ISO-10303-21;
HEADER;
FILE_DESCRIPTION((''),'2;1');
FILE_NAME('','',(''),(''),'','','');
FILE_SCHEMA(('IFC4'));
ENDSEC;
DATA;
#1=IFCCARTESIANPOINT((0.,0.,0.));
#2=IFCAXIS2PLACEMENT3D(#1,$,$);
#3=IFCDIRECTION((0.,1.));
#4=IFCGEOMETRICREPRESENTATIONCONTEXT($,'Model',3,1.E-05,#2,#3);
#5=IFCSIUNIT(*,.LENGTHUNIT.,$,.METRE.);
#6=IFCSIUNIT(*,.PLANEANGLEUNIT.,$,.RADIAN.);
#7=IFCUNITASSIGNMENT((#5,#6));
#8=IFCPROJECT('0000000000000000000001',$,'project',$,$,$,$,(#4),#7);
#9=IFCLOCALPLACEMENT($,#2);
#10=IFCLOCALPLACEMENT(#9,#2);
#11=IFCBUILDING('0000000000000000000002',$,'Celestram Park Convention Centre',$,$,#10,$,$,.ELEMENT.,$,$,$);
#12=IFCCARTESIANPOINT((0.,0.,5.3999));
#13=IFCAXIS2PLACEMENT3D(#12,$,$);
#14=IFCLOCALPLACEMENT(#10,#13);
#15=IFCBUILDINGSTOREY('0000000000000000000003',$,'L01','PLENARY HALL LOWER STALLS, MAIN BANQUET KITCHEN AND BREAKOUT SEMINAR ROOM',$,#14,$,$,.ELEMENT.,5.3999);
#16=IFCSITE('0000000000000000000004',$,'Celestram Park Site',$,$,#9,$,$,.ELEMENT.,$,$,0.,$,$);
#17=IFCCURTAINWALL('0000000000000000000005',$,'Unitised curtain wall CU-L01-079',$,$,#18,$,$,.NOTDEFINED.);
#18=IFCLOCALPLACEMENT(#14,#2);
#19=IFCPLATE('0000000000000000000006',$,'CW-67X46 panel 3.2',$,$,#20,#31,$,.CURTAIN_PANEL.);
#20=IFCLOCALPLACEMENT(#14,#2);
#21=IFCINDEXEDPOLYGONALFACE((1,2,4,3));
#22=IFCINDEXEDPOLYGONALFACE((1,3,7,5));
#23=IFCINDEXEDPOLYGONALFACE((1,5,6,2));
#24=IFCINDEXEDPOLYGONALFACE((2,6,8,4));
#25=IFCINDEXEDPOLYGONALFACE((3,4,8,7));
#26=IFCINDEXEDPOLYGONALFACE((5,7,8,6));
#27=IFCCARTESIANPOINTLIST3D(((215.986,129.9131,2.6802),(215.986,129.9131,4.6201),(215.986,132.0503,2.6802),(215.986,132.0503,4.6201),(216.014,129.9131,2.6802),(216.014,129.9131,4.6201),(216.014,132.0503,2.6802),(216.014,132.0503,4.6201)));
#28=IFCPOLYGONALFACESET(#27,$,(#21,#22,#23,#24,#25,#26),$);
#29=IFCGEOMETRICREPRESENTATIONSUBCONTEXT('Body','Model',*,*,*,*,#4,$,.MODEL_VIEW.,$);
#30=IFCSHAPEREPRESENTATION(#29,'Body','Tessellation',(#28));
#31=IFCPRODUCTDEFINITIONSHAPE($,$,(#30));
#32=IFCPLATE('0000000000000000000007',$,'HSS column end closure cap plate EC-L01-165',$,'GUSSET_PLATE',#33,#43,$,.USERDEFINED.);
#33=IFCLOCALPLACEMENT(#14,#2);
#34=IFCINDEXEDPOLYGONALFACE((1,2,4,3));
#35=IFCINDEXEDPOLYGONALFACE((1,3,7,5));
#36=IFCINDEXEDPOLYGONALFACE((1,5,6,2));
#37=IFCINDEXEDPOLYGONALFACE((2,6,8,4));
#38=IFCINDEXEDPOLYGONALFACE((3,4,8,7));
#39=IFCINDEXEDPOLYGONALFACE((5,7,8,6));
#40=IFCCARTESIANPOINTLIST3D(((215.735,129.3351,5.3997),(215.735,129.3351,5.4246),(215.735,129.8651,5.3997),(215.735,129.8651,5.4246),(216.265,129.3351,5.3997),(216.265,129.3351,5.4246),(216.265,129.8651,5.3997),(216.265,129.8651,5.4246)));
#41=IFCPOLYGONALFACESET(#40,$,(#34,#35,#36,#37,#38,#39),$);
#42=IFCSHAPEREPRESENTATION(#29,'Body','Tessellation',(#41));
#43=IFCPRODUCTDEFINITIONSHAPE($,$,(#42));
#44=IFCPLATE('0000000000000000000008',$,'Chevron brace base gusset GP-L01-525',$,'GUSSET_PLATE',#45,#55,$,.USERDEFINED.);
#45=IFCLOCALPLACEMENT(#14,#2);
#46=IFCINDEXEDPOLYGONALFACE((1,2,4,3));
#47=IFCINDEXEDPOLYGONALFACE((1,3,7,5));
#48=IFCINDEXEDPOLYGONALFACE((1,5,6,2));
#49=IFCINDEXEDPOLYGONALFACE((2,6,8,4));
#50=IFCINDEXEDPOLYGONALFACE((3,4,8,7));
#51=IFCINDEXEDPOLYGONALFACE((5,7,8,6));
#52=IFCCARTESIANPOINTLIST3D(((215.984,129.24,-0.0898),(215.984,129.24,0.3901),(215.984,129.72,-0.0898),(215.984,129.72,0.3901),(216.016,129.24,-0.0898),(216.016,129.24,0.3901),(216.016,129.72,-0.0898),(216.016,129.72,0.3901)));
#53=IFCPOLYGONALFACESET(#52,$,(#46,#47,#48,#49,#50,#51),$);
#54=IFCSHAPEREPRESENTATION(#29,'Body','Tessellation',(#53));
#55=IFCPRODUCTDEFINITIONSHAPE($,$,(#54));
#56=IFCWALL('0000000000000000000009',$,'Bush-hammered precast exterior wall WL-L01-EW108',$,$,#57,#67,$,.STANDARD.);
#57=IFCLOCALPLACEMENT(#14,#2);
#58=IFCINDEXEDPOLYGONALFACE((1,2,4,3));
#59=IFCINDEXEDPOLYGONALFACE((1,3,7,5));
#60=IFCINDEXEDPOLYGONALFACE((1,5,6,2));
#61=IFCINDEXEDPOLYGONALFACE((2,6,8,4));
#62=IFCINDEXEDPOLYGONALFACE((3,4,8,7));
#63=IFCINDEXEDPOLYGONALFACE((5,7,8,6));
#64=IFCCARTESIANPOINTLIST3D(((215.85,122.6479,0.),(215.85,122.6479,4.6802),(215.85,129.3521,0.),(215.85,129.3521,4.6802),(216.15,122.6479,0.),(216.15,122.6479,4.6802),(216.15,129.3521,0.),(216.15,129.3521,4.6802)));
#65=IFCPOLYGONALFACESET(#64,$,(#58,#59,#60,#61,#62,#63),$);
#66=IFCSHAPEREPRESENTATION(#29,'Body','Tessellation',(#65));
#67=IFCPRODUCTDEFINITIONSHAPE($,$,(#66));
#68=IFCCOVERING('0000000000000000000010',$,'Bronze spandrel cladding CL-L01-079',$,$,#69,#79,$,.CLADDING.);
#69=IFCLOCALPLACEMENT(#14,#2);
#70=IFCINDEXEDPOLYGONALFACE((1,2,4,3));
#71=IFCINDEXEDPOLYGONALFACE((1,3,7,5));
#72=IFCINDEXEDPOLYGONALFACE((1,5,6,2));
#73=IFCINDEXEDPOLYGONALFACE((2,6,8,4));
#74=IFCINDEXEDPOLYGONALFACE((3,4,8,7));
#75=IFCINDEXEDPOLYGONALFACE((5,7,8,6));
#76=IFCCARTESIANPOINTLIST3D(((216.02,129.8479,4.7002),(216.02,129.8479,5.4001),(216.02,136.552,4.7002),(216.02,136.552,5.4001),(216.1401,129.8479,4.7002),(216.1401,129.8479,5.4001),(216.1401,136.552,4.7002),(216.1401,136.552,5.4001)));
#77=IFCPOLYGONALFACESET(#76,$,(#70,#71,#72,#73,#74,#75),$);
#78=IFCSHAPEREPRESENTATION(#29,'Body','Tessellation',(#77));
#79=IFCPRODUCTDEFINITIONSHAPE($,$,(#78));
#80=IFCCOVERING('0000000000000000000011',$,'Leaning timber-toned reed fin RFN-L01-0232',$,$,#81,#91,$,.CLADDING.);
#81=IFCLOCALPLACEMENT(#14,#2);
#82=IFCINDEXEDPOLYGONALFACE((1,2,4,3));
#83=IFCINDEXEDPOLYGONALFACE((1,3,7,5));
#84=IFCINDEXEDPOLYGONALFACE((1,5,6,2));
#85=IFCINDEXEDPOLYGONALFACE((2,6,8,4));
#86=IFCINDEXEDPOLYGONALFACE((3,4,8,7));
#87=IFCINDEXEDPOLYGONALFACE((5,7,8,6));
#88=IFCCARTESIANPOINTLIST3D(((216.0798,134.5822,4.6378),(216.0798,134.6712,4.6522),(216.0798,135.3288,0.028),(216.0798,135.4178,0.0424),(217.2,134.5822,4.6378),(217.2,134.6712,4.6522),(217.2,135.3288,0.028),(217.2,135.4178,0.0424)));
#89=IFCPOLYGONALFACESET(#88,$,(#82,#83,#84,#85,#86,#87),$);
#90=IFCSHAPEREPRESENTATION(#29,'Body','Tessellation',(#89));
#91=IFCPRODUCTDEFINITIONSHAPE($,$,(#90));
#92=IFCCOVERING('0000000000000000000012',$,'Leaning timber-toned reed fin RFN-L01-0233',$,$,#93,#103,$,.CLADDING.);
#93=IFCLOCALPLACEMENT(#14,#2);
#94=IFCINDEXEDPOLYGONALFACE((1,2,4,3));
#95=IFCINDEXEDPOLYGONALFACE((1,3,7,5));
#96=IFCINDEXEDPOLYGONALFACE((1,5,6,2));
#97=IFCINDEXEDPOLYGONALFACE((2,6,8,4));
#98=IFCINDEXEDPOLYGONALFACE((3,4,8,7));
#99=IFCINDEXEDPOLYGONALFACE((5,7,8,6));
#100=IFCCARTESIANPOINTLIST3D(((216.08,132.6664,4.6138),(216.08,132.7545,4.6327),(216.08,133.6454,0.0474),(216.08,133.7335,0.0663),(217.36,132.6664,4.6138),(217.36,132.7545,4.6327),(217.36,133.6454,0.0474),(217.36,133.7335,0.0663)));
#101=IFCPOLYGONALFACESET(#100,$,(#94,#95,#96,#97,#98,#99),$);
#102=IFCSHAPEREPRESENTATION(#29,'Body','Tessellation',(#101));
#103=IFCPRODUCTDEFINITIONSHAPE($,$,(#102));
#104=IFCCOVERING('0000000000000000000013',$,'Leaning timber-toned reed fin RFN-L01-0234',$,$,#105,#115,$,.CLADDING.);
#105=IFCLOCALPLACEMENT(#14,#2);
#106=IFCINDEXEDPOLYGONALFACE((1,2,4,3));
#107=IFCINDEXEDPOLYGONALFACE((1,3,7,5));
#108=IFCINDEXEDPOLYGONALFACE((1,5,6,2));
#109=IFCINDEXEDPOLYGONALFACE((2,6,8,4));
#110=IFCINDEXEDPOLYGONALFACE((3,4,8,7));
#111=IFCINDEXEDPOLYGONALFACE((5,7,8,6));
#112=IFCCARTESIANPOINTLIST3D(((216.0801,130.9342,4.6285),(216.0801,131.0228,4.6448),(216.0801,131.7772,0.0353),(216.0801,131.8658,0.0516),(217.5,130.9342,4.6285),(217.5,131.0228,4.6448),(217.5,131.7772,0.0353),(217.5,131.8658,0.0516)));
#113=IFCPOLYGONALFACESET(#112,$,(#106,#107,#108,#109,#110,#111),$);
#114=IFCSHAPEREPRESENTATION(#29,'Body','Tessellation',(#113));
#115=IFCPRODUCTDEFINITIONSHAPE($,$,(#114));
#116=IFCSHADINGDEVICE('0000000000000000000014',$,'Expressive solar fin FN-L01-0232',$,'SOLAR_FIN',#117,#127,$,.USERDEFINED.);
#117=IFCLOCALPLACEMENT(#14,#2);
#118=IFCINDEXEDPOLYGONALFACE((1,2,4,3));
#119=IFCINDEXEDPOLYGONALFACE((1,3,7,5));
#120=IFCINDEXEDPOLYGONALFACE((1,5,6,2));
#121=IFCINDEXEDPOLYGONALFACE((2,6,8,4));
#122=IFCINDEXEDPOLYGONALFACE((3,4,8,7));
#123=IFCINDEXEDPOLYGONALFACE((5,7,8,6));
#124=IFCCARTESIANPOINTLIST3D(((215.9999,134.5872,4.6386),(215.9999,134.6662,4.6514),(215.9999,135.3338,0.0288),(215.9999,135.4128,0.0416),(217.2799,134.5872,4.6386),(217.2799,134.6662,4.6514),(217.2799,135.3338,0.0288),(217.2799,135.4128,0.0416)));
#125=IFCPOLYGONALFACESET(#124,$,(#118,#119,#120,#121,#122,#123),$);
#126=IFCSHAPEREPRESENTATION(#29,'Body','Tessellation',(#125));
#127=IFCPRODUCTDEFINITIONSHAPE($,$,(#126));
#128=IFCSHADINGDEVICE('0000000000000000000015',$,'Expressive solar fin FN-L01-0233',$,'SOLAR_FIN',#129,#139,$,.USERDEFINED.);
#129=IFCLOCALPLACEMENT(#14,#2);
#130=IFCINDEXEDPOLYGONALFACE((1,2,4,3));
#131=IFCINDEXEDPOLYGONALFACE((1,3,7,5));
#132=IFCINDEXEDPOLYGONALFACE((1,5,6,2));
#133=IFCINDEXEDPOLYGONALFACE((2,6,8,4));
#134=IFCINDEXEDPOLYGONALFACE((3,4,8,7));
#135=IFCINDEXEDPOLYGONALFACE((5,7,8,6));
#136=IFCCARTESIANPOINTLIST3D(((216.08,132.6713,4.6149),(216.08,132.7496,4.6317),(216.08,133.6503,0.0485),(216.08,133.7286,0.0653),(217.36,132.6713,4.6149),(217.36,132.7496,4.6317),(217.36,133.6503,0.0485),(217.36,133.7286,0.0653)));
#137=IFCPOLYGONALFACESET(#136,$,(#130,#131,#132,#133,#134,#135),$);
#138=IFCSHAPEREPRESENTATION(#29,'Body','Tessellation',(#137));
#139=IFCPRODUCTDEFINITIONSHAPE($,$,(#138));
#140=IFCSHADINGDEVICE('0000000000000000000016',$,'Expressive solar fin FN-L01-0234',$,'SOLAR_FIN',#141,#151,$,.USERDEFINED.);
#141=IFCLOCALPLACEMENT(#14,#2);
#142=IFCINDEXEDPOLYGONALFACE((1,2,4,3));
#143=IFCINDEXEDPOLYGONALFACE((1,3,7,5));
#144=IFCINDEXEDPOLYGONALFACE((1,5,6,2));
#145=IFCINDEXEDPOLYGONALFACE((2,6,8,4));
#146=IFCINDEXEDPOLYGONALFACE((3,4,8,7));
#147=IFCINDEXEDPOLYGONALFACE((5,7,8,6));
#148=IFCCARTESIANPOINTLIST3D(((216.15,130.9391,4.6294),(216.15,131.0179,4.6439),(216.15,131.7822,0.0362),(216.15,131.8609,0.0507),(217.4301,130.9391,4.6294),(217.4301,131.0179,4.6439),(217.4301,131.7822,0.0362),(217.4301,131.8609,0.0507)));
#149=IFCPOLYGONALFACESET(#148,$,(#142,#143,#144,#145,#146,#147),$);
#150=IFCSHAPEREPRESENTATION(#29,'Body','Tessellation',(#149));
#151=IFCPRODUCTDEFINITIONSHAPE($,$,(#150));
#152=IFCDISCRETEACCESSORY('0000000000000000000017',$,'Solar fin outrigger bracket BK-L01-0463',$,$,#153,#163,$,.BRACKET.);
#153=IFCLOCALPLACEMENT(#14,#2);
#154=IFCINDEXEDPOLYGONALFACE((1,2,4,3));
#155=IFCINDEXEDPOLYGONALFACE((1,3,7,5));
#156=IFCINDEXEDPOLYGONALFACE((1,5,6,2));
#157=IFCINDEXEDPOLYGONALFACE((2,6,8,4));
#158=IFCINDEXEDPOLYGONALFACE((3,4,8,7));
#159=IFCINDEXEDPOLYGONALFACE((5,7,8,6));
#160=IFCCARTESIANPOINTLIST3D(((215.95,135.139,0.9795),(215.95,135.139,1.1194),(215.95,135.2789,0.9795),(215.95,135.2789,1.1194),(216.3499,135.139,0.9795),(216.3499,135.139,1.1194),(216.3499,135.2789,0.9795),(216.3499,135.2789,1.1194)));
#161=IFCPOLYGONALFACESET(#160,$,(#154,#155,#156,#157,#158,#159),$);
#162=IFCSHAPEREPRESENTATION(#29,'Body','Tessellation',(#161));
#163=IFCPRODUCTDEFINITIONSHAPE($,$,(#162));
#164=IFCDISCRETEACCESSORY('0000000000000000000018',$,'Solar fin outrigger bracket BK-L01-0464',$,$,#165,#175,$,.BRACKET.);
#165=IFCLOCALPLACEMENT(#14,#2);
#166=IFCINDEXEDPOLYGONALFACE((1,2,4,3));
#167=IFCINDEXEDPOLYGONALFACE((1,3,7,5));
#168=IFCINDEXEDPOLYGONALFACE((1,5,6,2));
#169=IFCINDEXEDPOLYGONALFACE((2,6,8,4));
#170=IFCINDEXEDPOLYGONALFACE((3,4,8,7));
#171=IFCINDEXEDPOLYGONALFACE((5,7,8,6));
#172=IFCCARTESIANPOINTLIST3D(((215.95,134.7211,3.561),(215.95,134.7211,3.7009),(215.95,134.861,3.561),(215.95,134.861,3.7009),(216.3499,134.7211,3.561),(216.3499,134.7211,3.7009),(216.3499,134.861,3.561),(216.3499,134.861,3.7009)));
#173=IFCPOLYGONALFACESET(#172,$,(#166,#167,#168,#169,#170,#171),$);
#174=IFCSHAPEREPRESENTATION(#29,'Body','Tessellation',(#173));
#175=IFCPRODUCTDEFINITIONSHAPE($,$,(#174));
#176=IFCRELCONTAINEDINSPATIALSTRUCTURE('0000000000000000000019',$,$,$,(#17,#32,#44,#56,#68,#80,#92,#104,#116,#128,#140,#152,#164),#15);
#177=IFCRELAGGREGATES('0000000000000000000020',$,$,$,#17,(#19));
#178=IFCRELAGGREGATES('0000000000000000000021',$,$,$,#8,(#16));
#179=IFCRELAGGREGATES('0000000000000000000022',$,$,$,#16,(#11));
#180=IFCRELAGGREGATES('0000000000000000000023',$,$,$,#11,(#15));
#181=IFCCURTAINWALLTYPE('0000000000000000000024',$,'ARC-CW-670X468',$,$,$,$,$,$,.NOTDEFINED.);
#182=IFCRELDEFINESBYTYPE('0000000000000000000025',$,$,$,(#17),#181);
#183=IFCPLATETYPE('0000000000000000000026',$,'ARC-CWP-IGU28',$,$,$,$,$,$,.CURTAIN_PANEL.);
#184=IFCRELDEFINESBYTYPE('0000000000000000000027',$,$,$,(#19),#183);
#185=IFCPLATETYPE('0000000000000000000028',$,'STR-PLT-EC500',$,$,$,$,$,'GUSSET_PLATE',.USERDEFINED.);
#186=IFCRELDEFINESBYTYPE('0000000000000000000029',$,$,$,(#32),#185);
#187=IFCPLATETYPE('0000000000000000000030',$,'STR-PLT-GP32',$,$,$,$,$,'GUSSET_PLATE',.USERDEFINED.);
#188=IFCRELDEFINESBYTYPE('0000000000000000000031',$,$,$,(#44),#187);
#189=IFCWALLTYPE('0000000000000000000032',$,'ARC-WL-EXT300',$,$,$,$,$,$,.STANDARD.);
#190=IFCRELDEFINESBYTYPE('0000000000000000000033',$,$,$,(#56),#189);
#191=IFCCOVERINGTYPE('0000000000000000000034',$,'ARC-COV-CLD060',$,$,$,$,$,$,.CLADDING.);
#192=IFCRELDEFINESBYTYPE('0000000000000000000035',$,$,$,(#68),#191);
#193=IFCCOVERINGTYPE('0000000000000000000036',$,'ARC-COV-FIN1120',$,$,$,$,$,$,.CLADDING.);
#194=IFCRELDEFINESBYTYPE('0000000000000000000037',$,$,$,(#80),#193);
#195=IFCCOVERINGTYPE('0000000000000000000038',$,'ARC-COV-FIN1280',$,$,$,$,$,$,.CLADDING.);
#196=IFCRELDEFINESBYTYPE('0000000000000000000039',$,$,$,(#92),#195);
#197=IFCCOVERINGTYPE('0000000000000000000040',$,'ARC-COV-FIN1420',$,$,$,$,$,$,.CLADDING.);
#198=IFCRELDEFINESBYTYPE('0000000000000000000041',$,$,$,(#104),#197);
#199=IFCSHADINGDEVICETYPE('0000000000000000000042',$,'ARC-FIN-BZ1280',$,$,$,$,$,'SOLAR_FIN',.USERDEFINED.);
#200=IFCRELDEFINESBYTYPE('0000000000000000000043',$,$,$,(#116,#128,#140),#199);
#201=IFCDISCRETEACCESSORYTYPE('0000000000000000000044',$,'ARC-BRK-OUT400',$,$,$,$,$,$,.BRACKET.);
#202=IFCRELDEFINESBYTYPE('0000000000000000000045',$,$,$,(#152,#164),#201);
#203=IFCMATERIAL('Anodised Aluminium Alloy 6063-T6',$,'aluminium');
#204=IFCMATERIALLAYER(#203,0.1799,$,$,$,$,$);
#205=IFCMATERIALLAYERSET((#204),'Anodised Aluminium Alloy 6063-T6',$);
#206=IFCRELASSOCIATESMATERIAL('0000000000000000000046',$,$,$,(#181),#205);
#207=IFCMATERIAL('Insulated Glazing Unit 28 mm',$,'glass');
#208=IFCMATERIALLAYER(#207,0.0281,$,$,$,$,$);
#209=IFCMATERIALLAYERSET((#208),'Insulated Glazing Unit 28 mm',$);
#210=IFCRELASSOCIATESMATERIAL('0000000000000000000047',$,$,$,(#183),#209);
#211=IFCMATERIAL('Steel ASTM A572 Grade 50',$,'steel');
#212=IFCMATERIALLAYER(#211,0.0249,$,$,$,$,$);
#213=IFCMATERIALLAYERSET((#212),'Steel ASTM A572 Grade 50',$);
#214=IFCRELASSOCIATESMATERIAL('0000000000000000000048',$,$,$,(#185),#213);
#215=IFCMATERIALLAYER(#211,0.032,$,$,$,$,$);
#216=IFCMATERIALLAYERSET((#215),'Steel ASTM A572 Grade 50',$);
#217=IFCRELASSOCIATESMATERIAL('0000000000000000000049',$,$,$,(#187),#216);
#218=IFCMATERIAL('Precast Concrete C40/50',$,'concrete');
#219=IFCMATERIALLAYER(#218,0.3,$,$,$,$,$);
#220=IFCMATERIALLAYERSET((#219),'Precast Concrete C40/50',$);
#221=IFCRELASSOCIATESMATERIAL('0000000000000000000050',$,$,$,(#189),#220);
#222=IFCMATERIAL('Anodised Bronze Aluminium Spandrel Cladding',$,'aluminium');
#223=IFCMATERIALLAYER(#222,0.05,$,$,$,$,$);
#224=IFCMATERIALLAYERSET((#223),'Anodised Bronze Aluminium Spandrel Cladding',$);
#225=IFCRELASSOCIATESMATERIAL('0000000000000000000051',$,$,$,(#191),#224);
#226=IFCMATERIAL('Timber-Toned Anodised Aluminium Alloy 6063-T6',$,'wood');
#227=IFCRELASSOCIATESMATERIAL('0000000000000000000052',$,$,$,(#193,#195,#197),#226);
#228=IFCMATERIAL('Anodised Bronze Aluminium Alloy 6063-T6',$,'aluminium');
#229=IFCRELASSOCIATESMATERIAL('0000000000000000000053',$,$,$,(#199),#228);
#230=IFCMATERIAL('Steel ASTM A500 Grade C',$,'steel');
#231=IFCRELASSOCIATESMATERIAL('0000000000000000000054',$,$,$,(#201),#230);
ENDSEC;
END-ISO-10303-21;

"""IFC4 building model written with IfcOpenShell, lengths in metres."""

from ifc_helpers import new_model, si_unit, direction, frame, frame_2d, origin, origin_2d, place, context, subcontext, project, spatial, rectangle, extrude, material, layer, layer_set, material_profile, profile_set, type_object, element, aggregate, save


model = new_model("IFC4")

# Units and contexts
model_context = context("Model", 3, precision=1e-05, world=origin(), true_north=direction((0.0, 1.0)))
body_context = subcontext(model_context, "Body", "Model", "MODEL_VIEW")
ifc_project = project(units=[si_unit("LENGTHUNIT", "METRE"), si_unit("PLANEANGLEUNIT", "RADIAN")], contexts=[model_context])

# Site, building, storey
site_placement = place(None, origin())
site = spatial("IfcSite", under=ifc_project, at=site_placement, Name="Celestram Park Site", CompositionType="ELEMENT", RefElevation=0.0)
building_placement = place(site_placement, origin())
building = spatial("IfcBuilding", under=site, at=building_placement, Name="Celestram Park Convention Centre", CompositionType="ELEMENT")
storey_placement = place(building_placement, frame((0.0, 0.0, 5.3999)))
storey = spatial("IfcBuildingStorey", under=building, at=storey_placement, Name="L01", Description="PLENARY HALL LOWER STALLS, MAIN BANQUET KITCHEN AND BREAKOUT SEMINAR ROOM", CompositionType="ELEMENT", Elevation=5.3999)

# Shared definitions
ifc_material_1 = material(Name="Steel ASTM A500 Grade C", Category="steel")

# Curtain wall
ifc_material_2 = material(Name="Anodised Aluminium Alloy 6063-T6", Category="aluminium")
ifc_layer_1 = layer(ifc_material_2, 0.1799)
ifc_layer_set_1 = layer_set([ifc_layer_1], Name="Anodised Aluminium Alloy 6063-T6")
curtain_wall_type = type_object("IfcCurtainWallType", Name="ARC-CW-670X468", PredefinedType="NOTDEFINED", material=ifc_layer_set_1)
curtain_wall_placement = place(storey_placement, origin())
curtain_wall = element("IfcCurtainWall", 1, at=curtain_wall_placement, inside=storey, type_object=curtain_wall_type, Name="Unitised curtain wall CU-L01-079", PredefinedType="NOTDEFINED")

# Plate
ifc_material_3 = material(Name="Insulated Glazing Unit 28 mm", Category="glass")
ifc_layer_2 = layer(ifc_material_3, 0.0281)
ifc_layer_set_2 = layer_set([ifc_layer_2], Name="Insulated Glazing Unit 28 mm")
plate_type_1 = type_object("IfcPlateType", Name="ARC-CWP-IGU28", PredefinedType="CURTAIN_PANEL", material=ifc_layer_set_2)
plate_1_placement = place(storey_placement, frame((216.0, 130.9817, 2.6802), z_axis=(0.0, 0.0, 1.0), x_axis=(0.0, -1.0, 0.0)))
plate_1 = element("IfcPlate", 2, at=plate_1_placement, type_object=plate_type_1, Name="CW-67X46 panel 3.2", PredefinedType="CURTAIN_PANEL", context=body_context, shape_type="SweptSolid", body=[
    extrude(rectangle(XDim=2.1372, YDim=0.0281, at=origin_2d()), origin(), (0.0, 0.0, 1.0), 1.9399),
])
aggregate(curtain_wall, [plate_1])

# Plates
ifc_material_4 = material(Name="Steel ASTM A572 Grade 50", Category="steel")
ifc_layer_3 = layer(ifc_material_4, 0.0249)
ifc_layer_set_3 = layer_set([ifc_layer_3], Name="Steel ASTM A572 Grade 50")
plate_type_2 = type_object("IfcPlateType", Name="STR-PLT-EC500", ElementType="GUSSET_PLATE", PredefinedType="USERDEFINED", material=ifc_layer_set_3)
plate_2_placement = place(storey_placement, frame((216.0, 129.6001, 5.3997), z_axis=(0.0, 0.0, 1.0), x_axis=(1.0, 0.0, 0.0)))
element("IfcPlate", 3, at=plate_2_placement, inside=storey, type_object=plate_type_2, Name="HSS column end closure cap plate EC-L01-165", ObjectType="GUSSET_PLATE", PredefinedType="USERDEFINED", context=body_context, shape_type="SweptSolid", body=[
    extrude(rectangle(XDim=0.53, YDim=0.53, at=origin_2d()), origin(), (0.0, 0.0, 1.0), 0.0249),
])
ifc_layer_4 = layer(ifc_material_4, 0.032)
ifc_layer_set_4 = layer_set([ifc_layer_4], Name="Steel ASTM A572 Grade 50")
plate_type_3 = type_object("IfcPlateType", Name="STR-PLT-GP32", ElementType="GUSSET_PLATE", PredefinedType="USERDEFINED", material=ifc_layer_set_4)
plate_3_placement = place(storey_placement, frame((216.0, 129.48, -0.0898), z_axis=(0.0, 0.0, 1.0), x_axis=(0.0, 1.0, 0.0)))
element("IfcPlate", 4, at=plate_3_placement, inside=storey, type_object=plate_type_3, Name="Chevron brace base gusset GP-L01-525", ObjectType="GUSSET_PLATE", PredefinedType="USERDEFINED", context=body_context, shape_type="SweptSolid", body=[
    extrude(rectangle(XDim=0.48, YDim=0.032, at=origin_2d()), origin(), (0.0, 0.0, 1.0), 0.48),
])

# Wall
ifc_material_5 = material(Name="Precast Concrete C40/50", Category="concrete")
ifc_layer_5 = layer(ifc_material_5, 0.3)
ifc_layer_set_5 = layer_set([ifc_layer_5], Name="Precast Concrete C40/50")
wall_type = type_object("IfcWallType", Name="ARC-WL-EXT300", PredefinedType="STANDARD", material=ifc_layer_set_5)
wall_placement = place(storey_placement, frame((216.0, 129.3521, 0.0), z_axis=(0.0, 0.0, 1.0), x_axis=(0.0, -1.0, 0.0)))
element("IfcWall", 5, at=wall_placement, inside=storey, type_object=wall_type, Name="Bush-hammered precast exterior wall WL-L01-EW108", PredefinedType="STANDARD", context=body_context, shape_type="SweptSolid", body=[
    extrude(rectangle(XDim=6.7041, YDim=0.3, at=frame_2d((3.3521, 0.0))), origin(), (0.0, 0.0, 1.0), 4.6802),
])

# Coverings
ifc_material_6 = material(Name="Anodised Bronze Aluminium Spandrel Cladding", Category="aluminium")
ifc_layer_6 = layer(ifc_material_6, 0.05)
ifc_layer_set_6 = layer_set([ifc_layer_6], Name="Anodised Bronze Aluminium Spandrel Cladding")
covering_type_1 = type_object("IfcCoveringType", Name="ARC-COV-CLD060", PredefinedType="CLADDING", material=ifc_layer_set_6)
covering_1_placement = place(storey_placement, frame((216.0801, 133.2, 4.7002), z_axis=(0.0, 0.0, 1.0), x_axis=(0.0, -1.0, 0.0)))
element("IfcCovering", 6, at=covering_1_placement, inside=storey, type_object=covering_type_1, Name="Bronze spandrel cladding CL-L01-079", PredefinedType="CLADDING", context=body_context, shape_type="SweptSolid", body=[
    extrude(rectangle(XDim=6.7041, YDim=0.1201, at=origin_2d()), origin(), (0.0, 0.0, 1.0), 0.7),
])
ifc_material_7 = material(Name="Timber-Toned Anodised Aluminium Alloy 6063-T6", Category="wood")
ifc_material_profile_1 = material_profile(ifc_material_7, rectangle(XDim=1.1201, YDim=0.0901, at=origin_2d()), Name="REED1120X90")
ifc_profile_set_1 = profile_set([ifc_material_profile_1], Name="Timber-Toned Anodised Aluminium Alloy 6063-T6")
covering_type_2 = type_object("IfcCoveringType", Name="ARC-COV-FIN1120", PredefinedType="CLADDING", material=ifc_profile_set_1)
covering_2_placement = place(storey_placement, frame((216.6399, 135.3733, 0.0352), z_axis=(0.0, -0.15987, 0.987138), x_axis=(1.0, 0.0, 0.0)))
element("IfcCovering", 7, at=covering_2_placement, inside=storey, type_object=covering_type_2, Name="Leaning timber-toned reed fin RFN-L01-0232", PredefinedType="CLADDING", context=body_context, shape_type="SweptSolid", body=[
    extrude(rectangle(XDim=1.1201, YDim=0.0901, at=origin_2d()), origin(), (0.0, 0.0, 1.0), 4.6699),
])
ifc_material_profile_2 = material_profile(ifc_material_7, rectangle(XDim=1.28, YDim=0.0901, at=origin_2d()), Name="REED1280X90")
ifc_profile_set_2 = profile_set([ifc_material_profile_2], Name="Timber-Toned Anodised Aluminium Alloy 6063-T6")
covering_type_3 = type_object("IfcCoveringType", Name="ARC-COV-FIN1280", PredefinedType="CLADDING", material=ifc_profile_set_2)
covering_3_placement = place(storey_placement, frame((216.72, 133.6895, 0.0569), z_axis=(0.0, -0.209629, 0.977781), x_axis=(1.0, 0.0, 0.0)))
element("IfcCovering", 8, at=covering_3_placement, inside=storey, type_object=covering_type_3, Name="Leaning timber-toned reed fin RFN-L01-0233", PredefinedType="CLADDING", context=body_context, shape_type="SweptSolid", body=[
    extrude(rectangle(XDim=1.28, YDim=0.0901, at=origin_2d()), origin(), (0.0, 0.0, 1.0), 4.6702),
])
ifc_material_profile_3 = material_profile(ifc_material_7, rectangle(XDim=1.4199, YDim=0.0901, at=origin_2d()), Name="REED1420X90")
ifc_profile_set_3 = profile_set([ifc_material_profile_3], Name="Timber-Toned Anodised Aluminium Alloy 6063-T6")
covering_type_4 = type_object("IfcCoveringType", Name="ARC-COV-FIN1420", PredefinedType="CLADDING", material=ifc_profile_set_3)
covering_4_placement = place(storey_placement, frame((216.79, 131.8215, 0.0435), z_axis=(0.0, -0.180518, 0.983572), x_axis=(1.0, 0.0, 0.0)))
element("IfcCovering", 9, at=covering_4_placement, inside=storey, type_object=covering_type_4, Name="Leaning timber-toned reed fin RFN-L01-0234", PredefinedType="CLADDING", context=body_context, shape_type="SweptSolid", body=[
    extrude(rectangle(XDim=1.4199, YDim=0.0901, at=origin_2d()), origin(), (0.0, 0.0, 1.0), 4.6699),
])

# Shading devices
ifc_material_8 = material(Name="Anodised Bronze Aluminium Alloy 6063-T6", Category="aluminium")
ifc_material_profile_4 = material_profile(ifc_material_8, rectangle(XDim=1.28, YDim=0.0801, at=origin_2d()), Name="FIN1280X80")
ifc_profile_set_4 = profile_set([ifc_material_profile_4], Name="Anodised Bronze Aluminium Alloy 6063-T6")
shading_device_type = type_object("IfcShadingDeviceType", Name="ARC-FIN-BZ1280", ElementType="SOLAR_FIN", PredefinedType="USERDEFINED", material=ifc_profile_set_4)
shading_device_1_placement = place(storey_placement, frame((216.6399, 135.3733, 0.0352), z_axis=(0.0, -0.15987, 0.987138), x_axis=(1.0, 0.0, 0.0)))
element("IfcShadingDevice", 10, at=shading_device_1_placement, inside=storey, type_object=shading_device_type, Name="Expressive solar fin FN-L01-0232", ObjectType="SOLAR_FIN", PredefinedType="USERDEFINED", context=body_context, shape_type="SweptSolid", body=[
    extrude(rectangle(XDim=1.28, YDim=0.0801, at=origin_2d()), origin(), (0.0, 0.0, 1.0), 4.6699),
])
shading_device_2_placement = place(storey_placement, frame((216.72, 133.6895, 0.0569), z_axis=(0.0, -0.209629, 0.977781), x_axis=(1.0, 0.0, 0.0)))
element("IfcShadingDevice", 11, at=shading_device_2_placement, inside=storey, type_object=shading_device_type, Name="Expressive solar fin FN-L01-0233", ObjectType="SOLAR_FIN", PredefinedType="USERDEFINED", context=body_context, shape_type="SweptSolid", body=[
    extrude(rectangle(XDim=1.28, YDim=0.0801, at=origin_2d()), origin(), (0.0, 0.0, 1.0), 4.6702),
])
shading_device_3_placement = place(storey_placement, frame((216.79, 131.8215, 0.0435), z_axis=(0.0, -0.180518, 0.983572), x_axis=(1.0, 0.0, 0.0)))
element("IfcShadingDevice", 12, at=shading_device_3_placement, inside=storey, type_object=shading_device_type, Name="Expressive solar fin FN-L01-0234", ObjectType="SOLAR_FIN", PredefinedType="USERDEFINED", context=body_context, shape_type="SweptSolid", body=[
    extrude(rectangle(XDim=1.28, YDim=0.0801, at=origin_2d()), origin(), (0.0, 0.0, 1.0), 4.6699),
])

# Discrete accessories
discrete_accessory_type = type_object("IfcDiscreteAccessoryType", Name="ARC-BRK-OUT400", PredefinedType="BRACKET", material=ifc_material_1)
for number, where, z_axis, x_axis, name in (
    (13, (216.1499, 135.209, 0.9795), (0.0, 0.0, 1.0), (1.0, 0.0, 0.0), "Solar fin outrigger bracket BK-L01-0463"),
    (14, (216.1499, 134.791, 3.561), (0.0, 0.0, 1.0), (1.0, 0.0, 0.0), "Solar fin outrigger bracket BK-L01-0464"),
):
    element("IfcDiscreteAccessory", number, at=place(storey_placement, frame(where, z_axis=z_axis, x_axis=x_axis)), inside=storey, type_object=discrete_accessory_type, Name=name, PredefinedType="BRACKET", context=body_context, shape_type="SweptSolid", body=[
        extrude(rectangle(XDim=0.3999, YDim=0.1399, at=origin_2d()), origin(), (0.0, 0.0, 1.0), 0.1399),
    ])

save(model, "model.ifc")
